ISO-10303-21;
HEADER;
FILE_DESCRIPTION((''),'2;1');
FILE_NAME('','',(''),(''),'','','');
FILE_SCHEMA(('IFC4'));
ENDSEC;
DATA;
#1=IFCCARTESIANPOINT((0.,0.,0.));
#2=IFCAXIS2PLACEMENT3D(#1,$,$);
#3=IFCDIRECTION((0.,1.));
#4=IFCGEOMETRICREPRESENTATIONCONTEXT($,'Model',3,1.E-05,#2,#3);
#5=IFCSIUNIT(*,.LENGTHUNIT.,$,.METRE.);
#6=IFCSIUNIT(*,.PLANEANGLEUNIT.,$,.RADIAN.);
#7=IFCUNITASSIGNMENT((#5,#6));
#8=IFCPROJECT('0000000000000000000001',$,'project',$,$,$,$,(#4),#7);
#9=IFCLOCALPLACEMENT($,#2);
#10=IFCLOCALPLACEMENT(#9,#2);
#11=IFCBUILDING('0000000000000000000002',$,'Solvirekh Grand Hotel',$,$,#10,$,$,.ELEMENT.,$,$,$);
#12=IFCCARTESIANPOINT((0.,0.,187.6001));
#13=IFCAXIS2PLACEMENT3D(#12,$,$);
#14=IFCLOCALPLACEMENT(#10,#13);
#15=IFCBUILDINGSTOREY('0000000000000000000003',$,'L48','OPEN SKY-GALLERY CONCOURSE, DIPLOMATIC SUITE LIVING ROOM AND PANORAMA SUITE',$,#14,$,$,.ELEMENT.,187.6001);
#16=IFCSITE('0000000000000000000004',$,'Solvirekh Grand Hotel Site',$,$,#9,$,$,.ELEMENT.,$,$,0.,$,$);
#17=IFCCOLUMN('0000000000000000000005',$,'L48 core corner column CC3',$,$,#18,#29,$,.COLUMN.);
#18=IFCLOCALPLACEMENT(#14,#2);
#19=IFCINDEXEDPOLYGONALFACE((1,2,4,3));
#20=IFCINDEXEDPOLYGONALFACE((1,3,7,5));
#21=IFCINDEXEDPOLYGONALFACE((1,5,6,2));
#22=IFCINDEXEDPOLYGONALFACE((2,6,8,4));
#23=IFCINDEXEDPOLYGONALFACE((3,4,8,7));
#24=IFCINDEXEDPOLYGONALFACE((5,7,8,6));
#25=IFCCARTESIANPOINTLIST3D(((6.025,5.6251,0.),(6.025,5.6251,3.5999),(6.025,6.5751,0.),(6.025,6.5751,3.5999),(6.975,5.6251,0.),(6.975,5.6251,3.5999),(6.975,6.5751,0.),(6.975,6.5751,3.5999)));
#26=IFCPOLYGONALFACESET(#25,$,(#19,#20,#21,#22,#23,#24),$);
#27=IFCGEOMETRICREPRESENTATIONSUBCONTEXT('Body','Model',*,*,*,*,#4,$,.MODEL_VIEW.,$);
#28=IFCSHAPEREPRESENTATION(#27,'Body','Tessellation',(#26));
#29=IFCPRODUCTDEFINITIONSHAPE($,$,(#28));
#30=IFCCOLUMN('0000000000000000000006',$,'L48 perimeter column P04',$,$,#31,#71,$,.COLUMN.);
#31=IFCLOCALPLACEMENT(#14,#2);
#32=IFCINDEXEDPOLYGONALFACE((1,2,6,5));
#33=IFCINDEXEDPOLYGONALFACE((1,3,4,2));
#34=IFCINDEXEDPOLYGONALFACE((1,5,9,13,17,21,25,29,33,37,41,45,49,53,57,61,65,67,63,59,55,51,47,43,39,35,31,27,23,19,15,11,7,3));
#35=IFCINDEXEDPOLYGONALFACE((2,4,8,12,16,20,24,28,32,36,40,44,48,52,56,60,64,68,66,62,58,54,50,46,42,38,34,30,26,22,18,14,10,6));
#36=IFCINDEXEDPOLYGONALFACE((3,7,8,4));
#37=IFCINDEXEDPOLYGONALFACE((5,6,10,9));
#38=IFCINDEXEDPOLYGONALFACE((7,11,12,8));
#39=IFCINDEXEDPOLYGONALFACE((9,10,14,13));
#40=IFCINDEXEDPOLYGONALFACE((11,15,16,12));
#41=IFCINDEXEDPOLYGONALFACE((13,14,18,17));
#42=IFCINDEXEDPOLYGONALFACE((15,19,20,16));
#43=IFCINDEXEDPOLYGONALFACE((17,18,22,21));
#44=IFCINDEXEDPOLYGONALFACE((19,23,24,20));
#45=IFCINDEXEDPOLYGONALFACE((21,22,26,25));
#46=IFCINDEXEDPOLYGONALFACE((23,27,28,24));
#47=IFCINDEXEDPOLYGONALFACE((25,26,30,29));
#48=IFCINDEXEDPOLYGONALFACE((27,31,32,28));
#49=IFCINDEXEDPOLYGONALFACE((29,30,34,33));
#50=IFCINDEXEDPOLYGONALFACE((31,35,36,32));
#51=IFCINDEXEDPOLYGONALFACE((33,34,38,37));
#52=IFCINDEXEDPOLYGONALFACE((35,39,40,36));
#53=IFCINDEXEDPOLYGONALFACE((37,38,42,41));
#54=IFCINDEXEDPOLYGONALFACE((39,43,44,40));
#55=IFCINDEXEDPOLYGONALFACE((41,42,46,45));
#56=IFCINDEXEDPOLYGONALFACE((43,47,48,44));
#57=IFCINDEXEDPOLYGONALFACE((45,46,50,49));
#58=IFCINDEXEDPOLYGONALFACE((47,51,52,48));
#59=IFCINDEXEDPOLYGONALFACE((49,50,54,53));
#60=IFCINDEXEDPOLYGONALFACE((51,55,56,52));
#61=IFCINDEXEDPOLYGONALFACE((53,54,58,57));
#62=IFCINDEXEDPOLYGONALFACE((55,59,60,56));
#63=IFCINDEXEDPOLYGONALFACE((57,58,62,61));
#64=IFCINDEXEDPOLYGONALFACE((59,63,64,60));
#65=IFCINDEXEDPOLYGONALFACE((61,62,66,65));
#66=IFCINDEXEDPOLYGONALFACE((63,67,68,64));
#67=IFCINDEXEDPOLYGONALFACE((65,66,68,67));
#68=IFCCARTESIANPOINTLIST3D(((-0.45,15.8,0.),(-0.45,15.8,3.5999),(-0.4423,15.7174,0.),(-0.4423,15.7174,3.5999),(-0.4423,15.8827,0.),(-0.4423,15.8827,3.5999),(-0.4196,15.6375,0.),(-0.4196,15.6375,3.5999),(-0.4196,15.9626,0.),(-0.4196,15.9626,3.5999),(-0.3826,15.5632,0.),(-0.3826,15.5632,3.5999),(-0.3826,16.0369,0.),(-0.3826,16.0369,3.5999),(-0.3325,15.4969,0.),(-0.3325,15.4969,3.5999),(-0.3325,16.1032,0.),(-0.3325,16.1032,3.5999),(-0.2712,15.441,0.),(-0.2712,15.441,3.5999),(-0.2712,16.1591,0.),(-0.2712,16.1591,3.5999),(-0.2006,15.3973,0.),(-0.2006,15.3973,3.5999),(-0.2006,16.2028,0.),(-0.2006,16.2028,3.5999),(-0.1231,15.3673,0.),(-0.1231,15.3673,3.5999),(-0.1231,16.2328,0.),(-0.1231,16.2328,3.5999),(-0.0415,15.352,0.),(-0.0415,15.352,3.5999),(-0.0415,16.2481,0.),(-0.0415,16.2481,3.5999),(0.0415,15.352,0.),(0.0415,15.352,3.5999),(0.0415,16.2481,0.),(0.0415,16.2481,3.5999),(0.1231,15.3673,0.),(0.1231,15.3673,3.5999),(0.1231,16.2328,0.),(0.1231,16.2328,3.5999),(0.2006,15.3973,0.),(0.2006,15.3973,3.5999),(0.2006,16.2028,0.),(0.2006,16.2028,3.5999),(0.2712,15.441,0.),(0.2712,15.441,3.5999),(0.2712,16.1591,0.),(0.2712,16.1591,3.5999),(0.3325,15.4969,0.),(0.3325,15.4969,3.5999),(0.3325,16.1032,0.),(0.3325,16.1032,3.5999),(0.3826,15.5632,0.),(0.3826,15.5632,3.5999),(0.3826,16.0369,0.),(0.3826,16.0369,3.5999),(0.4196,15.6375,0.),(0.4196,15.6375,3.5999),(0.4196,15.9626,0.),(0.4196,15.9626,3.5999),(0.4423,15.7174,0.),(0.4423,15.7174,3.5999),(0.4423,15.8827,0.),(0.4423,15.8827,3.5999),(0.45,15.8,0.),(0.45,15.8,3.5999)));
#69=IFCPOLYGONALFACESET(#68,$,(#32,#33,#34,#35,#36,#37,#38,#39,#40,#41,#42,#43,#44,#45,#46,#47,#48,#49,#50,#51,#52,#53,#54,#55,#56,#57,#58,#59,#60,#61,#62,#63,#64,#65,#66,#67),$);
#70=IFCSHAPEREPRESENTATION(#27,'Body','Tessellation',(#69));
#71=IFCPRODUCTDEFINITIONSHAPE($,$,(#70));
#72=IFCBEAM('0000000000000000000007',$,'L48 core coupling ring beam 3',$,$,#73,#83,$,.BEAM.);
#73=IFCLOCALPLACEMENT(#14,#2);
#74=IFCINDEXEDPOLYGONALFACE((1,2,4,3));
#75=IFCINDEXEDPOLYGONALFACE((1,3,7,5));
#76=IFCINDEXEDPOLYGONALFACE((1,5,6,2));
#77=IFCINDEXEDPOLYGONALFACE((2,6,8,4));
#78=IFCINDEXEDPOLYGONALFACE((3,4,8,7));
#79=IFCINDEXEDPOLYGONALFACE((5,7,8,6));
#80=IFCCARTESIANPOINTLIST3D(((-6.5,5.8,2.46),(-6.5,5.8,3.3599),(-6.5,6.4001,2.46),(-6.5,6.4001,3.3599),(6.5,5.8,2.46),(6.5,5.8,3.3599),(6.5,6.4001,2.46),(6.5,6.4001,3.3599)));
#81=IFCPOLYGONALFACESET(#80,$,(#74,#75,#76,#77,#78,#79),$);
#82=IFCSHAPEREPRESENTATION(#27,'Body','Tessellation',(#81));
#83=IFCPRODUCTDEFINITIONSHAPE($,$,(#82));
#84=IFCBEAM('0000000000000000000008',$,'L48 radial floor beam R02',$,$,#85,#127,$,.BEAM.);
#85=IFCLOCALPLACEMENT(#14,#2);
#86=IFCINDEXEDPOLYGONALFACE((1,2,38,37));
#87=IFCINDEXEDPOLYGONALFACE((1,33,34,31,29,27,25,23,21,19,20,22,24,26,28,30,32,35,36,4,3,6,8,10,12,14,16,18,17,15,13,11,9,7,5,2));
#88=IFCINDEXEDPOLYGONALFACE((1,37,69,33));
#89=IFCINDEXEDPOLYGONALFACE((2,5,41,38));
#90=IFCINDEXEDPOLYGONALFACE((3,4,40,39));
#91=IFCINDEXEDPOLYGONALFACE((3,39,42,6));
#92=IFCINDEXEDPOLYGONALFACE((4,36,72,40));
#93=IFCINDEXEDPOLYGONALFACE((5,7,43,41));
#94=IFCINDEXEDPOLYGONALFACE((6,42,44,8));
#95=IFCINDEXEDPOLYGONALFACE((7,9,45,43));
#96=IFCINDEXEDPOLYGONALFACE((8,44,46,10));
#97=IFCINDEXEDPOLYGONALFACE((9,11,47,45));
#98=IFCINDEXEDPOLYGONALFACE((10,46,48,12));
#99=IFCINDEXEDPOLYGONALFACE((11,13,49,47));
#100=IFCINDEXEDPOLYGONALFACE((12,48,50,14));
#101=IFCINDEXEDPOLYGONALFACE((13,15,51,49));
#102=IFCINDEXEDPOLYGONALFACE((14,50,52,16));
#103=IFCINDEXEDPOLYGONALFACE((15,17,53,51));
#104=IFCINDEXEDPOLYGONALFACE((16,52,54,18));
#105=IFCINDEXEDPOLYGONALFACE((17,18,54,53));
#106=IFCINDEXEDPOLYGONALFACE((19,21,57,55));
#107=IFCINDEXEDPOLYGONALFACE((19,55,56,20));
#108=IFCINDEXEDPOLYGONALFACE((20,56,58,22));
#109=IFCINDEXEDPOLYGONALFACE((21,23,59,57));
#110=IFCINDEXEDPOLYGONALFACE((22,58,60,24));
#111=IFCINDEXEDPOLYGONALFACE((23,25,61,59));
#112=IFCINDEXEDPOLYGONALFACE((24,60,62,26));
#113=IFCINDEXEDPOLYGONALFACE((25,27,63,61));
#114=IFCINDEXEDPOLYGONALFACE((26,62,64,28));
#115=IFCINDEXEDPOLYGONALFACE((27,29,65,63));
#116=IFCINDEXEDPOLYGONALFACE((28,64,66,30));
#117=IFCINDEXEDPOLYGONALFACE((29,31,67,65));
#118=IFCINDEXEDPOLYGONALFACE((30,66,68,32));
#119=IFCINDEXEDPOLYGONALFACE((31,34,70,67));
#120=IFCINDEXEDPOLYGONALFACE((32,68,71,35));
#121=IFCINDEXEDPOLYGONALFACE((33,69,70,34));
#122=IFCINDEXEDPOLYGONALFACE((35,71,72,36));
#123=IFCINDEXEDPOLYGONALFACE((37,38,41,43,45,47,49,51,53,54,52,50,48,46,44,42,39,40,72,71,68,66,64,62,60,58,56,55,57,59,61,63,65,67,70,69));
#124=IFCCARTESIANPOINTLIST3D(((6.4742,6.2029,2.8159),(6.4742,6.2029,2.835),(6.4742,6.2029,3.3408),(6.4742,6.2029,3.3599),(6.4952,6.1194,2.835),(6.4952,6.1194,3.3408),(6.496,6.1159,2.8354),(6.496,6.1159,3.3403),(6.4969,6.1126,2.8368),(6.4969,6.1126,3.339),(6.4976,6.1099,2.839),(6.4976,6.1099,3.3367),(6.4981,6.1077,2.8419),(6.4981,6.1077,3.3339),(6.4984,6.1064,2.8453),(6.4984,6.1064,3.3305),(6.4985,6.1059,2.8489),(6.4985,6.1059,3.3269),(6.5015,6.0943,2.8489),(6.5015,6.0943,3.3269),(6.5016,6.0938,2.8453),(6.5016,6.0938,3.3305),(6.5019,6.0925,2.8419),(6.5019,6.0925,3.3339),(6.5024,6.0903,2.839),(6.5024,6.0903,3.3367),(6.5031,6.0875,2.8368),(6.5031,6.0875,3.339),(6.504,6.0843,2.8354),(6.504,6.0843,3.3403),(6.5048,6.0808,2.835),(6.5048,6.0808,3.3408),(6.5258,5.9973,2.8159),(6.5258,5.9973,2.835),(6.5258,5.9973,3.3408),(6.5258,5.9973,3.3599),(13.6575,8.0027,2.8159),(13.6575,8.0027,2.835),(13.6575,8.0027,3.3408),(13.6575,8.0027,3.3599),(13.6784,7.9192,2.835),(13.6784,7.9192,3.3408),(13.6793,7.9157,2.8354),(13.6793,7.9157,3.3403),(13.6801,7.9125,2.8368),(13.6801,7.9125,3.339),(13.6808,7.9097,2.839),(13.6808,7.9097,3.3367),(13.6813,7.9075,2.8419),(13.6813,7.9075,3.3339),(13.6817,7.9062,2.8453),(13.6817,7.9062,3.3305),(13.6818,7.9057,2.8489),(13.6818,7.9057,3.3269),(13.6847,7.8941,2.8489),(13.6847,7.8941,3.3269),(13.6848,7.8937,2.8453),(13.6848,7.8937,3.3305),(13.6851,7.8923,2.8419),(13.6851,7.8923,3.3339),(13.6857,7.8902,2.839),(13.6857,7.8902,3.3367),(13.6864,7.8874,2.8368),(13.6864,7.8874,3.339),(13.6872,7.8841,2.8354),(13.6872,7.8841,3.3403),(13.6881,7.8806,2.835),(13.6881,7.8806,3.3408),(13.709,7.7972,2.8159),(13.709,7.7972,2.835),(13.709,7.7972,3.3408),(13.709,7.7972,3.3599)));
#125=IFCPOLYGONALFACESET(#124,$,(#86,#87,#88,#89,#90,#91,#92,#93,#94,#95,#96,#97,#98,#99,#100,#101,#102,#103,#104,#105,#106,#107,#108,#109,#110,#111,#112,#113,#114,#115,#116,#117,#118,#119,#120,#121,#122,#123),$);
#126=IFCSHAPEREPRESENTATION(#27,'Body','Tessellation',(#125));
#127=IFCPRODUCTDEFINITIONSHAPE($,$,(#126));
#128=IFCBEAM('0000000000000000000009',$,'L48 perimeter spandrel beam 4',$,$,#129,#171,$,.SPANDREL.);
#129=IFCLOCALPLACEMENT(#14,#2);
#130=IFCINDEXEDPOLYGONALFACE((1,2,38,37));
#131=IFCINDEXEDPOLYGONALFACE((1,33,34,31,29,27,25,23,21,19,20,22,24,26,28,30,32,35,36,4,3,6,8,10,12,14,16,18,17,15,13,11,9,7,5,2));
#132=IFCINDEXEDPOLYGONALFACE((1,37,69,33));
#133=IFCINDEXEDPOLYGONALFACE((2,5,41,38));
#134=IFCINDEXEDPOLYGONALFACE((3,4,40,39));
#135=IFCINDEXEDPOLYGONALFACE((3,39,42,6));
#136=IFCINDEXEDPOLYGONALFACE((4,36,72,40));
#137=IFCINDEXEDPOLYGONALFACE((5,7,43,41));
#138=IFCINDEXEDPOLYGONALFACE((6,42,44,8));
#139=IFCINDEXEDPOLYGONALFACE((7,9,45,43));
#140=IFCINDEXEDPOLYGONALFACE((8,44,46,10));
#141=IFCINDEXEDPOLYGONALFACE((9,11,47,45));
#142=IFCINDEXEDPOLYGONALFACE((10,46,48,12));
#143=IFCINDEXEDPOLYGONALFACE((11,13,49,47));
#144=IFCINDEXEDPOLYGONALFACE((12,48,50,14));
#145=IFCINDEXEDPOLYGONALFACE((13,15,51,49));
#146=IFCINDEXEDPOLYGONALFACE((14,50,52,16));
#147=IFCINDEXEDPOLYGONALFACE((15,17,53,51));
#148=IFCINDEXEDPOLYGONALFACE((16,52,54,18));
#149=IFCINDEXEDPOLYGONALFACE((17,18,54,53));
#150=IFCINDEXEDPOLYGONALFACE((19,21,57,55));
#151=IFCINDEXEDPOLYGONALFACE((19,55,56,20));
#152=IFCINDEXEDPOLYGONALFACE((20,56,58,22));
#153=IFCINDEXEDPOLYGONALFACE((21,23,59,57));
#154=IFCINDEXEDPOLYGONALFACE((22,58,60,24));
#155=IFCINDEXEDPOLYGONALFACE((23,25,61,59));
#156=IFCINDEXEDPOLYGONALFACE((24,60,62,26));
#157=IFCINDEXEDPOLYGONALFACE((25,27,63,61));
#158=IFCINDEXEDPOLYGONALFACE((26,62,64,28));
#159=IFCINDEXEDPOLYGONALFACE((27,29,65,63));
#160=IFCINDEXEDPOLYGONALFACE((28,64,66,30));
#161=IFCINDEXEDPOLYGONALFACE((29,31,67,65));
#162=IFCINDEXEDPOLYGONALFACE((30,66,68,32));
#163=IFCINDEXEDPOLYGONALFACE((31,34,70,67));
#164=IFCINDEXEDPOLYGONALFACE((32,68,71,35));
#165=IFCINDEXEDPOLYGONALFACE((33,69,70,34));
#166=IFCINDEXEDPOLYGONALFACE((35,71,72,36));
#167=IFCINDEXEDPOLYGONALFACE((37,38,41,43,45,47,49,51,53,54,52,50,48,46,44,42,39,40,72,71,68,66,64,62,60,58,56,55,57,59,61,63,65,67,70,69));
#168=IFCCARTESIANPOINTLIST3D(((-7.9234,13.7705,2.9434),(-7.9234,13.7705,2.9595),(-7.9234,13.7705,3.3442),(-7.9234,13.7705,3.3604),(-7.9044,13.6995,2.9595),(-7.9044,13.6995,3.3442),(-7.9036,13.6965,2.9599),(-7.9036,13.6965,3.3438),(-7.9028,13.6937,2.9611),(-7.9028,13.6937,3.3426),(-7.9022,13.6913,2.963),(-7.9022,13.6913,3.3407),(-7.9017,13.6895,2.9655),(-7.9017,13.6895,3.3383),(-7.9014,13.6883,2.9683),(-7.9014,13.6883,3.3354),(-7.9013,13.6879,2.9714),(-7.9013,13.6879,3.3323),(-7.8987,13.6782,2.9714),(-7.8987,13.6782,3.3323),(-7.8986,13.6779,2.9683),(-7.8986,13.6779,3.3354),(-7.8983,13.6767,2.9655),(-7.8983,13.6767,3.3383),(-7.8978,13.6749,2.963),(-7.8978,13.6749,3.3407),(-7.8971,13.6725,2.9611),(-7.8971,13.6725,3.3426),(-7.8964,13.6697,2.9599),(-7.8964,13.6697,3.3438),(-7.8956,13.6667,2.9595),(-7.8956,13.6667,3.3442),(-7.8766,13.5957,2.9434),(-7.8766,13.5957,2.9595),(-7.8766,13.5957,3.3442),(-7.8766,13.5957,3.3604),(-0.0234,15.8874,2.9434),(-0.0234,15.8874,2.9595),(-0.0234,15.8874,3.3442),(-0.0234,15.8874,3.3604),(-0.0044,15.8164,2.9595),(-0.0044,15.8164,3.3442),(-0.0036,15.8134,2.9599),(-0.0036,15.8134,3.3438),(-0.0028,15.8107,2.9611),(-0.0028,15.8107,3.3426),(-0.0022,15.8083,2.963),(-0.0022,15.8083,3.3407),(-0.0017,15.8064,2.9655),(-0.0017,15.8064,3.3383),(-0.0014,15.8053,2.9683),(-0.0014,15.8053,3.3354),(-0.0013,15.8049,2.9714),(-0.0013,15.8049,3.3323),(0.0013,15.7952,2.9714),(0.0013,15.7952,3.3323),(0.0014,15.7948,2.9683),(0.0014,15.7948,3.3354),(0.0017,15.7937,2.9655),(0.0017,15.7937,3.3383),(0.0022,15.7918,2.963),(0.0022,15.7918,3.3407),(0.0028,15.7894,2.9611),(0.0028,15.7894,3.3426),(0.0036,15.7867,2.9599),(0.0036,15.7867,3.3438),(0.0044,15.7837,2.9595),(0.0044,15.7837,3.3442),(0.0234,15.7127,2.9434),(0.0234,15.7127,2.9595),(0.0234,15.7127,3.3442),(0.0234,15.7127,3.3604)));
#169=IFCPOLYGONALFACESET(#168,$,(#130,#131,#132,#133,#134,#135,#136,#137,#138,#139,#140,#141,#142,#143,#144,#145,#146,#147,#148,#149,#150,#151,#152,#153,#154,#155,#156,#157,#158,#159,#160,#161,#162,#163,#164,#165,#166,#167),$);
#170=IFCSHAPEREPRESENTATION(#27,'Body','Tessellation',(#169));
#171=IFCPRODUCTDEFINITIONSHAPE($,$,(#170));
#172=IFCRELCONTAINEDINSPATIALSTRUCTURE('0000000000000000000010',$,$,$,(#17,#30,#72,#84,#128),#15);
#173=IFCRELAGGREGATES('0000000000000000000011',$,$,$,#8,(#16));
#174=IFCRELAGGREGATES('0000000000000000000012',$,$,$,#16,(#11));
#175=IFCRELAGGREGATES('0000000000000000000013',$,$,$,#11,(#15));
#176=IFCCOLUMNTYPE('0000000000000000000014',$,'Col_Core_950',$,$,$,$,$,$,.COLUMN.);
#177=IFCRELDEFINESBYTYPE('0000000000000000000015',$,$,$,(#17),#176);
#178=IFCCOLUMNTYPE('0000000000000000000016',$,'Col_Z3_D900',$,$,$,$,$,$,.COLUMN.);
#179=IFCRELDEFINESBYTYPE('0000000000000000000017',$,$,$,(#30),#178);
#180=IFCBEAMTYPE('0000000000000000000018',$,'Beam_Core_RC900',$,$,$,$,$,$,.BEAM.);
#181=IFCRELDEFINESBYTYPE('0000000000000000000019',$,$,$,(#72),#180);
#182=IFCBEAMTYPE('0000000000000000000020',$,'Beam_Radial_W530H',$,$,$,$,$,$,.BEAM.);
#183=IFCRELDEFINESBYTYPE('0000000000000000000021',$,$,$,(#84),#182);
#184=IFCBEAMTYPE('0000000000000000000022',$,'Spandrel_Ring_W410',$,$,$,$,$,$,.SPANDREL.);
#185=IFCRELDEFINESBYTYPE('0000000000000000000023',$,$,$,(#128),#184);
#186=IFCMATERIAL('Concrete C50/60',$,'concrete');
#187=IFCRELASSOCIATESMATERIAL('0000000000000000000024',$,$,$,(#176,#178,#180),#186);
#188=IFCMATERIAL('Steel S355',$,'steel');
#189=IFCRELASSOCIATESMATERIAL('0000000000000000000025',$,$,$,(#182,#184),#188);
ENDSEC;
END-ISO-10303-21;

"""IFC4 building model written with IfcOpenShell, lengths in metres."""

from ifc_helpers import new_model, si_unit, direction, frame, origin, origin_2d, place, context, subcontext, project, spatial, rectangle, circle, i_section, extrude, material, material_profile, profile_set, type_object, element, save


model = new_model("IFC4")

# Units and contexts
model_context = context("Model", 3, precision=1e-05, world=origin(), true_north=direction((0.0, 1.0)))
body_context = subcontext(model_context, "Body", "Model", "MODEL_VIEW")
ifc_project = project(units=[si_unit("LENGTHUNIT", "METRE"), si_unit("PLANEANGLEUNIT", "RADIAN")], contexts=[model_context])

# Site, building, storey
site_placement = place(None, origin())
site = spatial("IfcSite", under=ifc_project, at=site_placement, Name="Solvirekh Grand Hotel Site", CompositionType="ELEMENT", RefElevation=0.0)
building_placement = place(site_placement, origin())
building = spatial("IfcBuilding", under=site, at=building_placement, Name="Solvirekh Grand Hotel", CompositionType="ELEMENT")
storey_placement = place(building_placement, frame((0.0, 0.0, 187.6001)))
storey = spatial("IfcBuildingStorey", under=building, at=storey_placement, Name="L48", Description="OPEN SKY-GALLERY CONCOURSE, DIPLOMATIC SUITE LIVING ROOM AND PANORAMA SUITE", CompositionType="ELEMENT", Elevation=187.6001)

# Columns
ifc_material_1 = material(Name="Concrete C50/60", Category="concrete")
ifc_material_profile_1 = material_profile(ifc_material_1, rectangle(XDim=0.95, YDim=0.95, at=origin_2d()), Name="RC 950X950")
ifc_profile_set_1 = profile_set([ifc_material_profile_1], Name="Concrete C50/60")
column_type_1 = type_object("IfcColumnType", Name="Col_Core_950", PredefinedType="COLUMN", material=ifc_profile_set_1)
column_1_placement = place(storey_placement, frame((6.5, 6.1001, 0.0), z_axis=(0.0, 0.0, 1.0), x_axis=(1.0, 0.0, 0.0)))
element("IfcColumn", 1, at=column_1_placement, inside=storey, type_object=column_type_1, Name="L48 core corner column CC3", PredefinedType="COLUMN", context=body_context, shape_type="SweptSolid", body=[
    extrude(rectangle(XDim=0.95, YDim=0.95, at=origin_2d()), origin(), (0.0, 0.0, 1.0), 3.5999),
])
ifc_material_profile_2 = material_profile(ifc_material_1, circle(Radius=0.45, at=origin_2d()), Name="RC CIRC D900")
ifc_profile_set_2 = profile_set([ifc_material_profile_2], Name="Concrete C50/60")
column_type_2 = type_object("IfcColumnType", Name="Col_Z3_D900", PredefinedType="COLUMN", material=ifc_profile_set_2)
column_2_placement = place(storey_placement, frame((0.0, 15.8, 0.0), z_axis=(0.0, 0.0, 1.0), x_axis=(1.0, 0.0, 0.0)))
element("IfcColumn", 2, at=column_2_placement, inside=storey, type_object=column_type_2, Name="L48 perimeter column P04", PredefinedType="COLUMN", context=body_context, shape_type="SweptSolid", body=[
    extrude(circle(Radius=0.45, at=origin_2d()), origin(), (0.0, 0.0, 1.0), 3.5999),
])

# Beams
ifc_material_profile_3 = material_profile(ifc_material_1, rectangle(XDim=0.6001, YDim=0.8999, at=origin_2d()), Name="RC BEAM 600X900")
ifc_profile_set_3 = profile_set([ifc_material_profile_3], Name="Concrete C50/60")
beam_type_1 = type_object("IfcBeamType", Name="Beam_Core_RC900", PredefinedType="BEAM", material=ifc_profile_set_3)
beam_1_placement = place(storey_placement, frame((6.5, 6.1001, 2.9099), z_axis=(-1.0, 0.0, 0.0), x_axis=(0.0, -1.0, 0.0)))
element("IfcBeam", 3, at=beam_1_placement, inside=storey, type_object=beam_type_1, Name="L48 core coupling ring beam 3", PredefinedType="BEAM", context=body_context, shape_type="SweptSolid", body=[
    extrude(rectangle(XDim=0.6001, YDim=0.8999, at=origin_2d()), origin(), (0.0, 0.0, 1.0), 13.0),
])
ifc_material_2 = material(Name="Steel S355", Category="steel")
ifc_material_profile_4 = material_profile(ifc_material_2, i_section(OverallWidth=0.2119, OverallDepth=0.5439, WebThickness=0.012, FlangeThickness=0.019, FilletRadius=0.0139, at=origin_2d()), Name="W530X123")
ifc_profile_set_4 = profile_set([ifc_material_profile_4], Name="Steel S355")
beam_type_2 = type_object("IfcBeamType", Name="Beam_Radial_W530H", PredefinedType="BEAM", material=ifc_profile_set_4)
beam_2_placement = place(storey_placement, frame((6.5, 6.1001, 3.0879), z_axis=(0.970014, 0.243048, 0.0), x_axis=(-0.243048, 0.970014, 0.0)))
element("IfcBeam", 4, at=beam_2_placement, inside=storey, type_object=beam_type_2, Name="L48 radial floor beam R02", PredefinedType="BEAM", context=body_context, shape_type="SweptSolid", body=[
    extrude(i_section(OverallWidth=0.2119, OverallDepth=0.5439, WebThickness=0.012, FlangeThickness=0.019, FilletRadius=0.0139, at=origin_2d()), origin(), (0.0, 0.0, 1.0), 7.4053),
])
ifc_material_profile_5 = material_profile(ifc_material_2, i_section(OverallWidth=0.1809, OverallDepth=0.417, WebThickness=0.01, FlangeThickness=0.0161, FilletRadius=0.012, at=origin_2d()), Name="W410X85")
ifc_profile_set_5 = profile_set([ifc_material_profile_5], Name="Steel S355")
beam_type_3 = type_object("IfcBeamType", Name="Spandrel_Ring_W410", PredefinedType="SPANDREL", material=ifc_profile_set_5)
beam_3_placement = place(storey_placement, frame((0.0, 15.8, 3.1519), z_axis=(-0.965921, -0.258839, 0.0), x_axis=(0.258839, -0.965921, 0.0)))
element("IfcBeam", 5, at=beam_3_placement, inside=storey, type_object=beam_type_3, Name="L48 perimeter spandrel beam 4", PredefinedType="SPANDREL", context=body_context, shape_type="SweptSolid", body=[
    extrude(i_section(OverallWidth=0.1809, OverallDepth=0.417, WebThickness=0.01, FlangeThickness=0.0161, FilletRadius=0.012, at=origin_2d()), origin(), (0.0, 0.0, 1.0), 8.1787),
])

save(model, "model.ifc")
